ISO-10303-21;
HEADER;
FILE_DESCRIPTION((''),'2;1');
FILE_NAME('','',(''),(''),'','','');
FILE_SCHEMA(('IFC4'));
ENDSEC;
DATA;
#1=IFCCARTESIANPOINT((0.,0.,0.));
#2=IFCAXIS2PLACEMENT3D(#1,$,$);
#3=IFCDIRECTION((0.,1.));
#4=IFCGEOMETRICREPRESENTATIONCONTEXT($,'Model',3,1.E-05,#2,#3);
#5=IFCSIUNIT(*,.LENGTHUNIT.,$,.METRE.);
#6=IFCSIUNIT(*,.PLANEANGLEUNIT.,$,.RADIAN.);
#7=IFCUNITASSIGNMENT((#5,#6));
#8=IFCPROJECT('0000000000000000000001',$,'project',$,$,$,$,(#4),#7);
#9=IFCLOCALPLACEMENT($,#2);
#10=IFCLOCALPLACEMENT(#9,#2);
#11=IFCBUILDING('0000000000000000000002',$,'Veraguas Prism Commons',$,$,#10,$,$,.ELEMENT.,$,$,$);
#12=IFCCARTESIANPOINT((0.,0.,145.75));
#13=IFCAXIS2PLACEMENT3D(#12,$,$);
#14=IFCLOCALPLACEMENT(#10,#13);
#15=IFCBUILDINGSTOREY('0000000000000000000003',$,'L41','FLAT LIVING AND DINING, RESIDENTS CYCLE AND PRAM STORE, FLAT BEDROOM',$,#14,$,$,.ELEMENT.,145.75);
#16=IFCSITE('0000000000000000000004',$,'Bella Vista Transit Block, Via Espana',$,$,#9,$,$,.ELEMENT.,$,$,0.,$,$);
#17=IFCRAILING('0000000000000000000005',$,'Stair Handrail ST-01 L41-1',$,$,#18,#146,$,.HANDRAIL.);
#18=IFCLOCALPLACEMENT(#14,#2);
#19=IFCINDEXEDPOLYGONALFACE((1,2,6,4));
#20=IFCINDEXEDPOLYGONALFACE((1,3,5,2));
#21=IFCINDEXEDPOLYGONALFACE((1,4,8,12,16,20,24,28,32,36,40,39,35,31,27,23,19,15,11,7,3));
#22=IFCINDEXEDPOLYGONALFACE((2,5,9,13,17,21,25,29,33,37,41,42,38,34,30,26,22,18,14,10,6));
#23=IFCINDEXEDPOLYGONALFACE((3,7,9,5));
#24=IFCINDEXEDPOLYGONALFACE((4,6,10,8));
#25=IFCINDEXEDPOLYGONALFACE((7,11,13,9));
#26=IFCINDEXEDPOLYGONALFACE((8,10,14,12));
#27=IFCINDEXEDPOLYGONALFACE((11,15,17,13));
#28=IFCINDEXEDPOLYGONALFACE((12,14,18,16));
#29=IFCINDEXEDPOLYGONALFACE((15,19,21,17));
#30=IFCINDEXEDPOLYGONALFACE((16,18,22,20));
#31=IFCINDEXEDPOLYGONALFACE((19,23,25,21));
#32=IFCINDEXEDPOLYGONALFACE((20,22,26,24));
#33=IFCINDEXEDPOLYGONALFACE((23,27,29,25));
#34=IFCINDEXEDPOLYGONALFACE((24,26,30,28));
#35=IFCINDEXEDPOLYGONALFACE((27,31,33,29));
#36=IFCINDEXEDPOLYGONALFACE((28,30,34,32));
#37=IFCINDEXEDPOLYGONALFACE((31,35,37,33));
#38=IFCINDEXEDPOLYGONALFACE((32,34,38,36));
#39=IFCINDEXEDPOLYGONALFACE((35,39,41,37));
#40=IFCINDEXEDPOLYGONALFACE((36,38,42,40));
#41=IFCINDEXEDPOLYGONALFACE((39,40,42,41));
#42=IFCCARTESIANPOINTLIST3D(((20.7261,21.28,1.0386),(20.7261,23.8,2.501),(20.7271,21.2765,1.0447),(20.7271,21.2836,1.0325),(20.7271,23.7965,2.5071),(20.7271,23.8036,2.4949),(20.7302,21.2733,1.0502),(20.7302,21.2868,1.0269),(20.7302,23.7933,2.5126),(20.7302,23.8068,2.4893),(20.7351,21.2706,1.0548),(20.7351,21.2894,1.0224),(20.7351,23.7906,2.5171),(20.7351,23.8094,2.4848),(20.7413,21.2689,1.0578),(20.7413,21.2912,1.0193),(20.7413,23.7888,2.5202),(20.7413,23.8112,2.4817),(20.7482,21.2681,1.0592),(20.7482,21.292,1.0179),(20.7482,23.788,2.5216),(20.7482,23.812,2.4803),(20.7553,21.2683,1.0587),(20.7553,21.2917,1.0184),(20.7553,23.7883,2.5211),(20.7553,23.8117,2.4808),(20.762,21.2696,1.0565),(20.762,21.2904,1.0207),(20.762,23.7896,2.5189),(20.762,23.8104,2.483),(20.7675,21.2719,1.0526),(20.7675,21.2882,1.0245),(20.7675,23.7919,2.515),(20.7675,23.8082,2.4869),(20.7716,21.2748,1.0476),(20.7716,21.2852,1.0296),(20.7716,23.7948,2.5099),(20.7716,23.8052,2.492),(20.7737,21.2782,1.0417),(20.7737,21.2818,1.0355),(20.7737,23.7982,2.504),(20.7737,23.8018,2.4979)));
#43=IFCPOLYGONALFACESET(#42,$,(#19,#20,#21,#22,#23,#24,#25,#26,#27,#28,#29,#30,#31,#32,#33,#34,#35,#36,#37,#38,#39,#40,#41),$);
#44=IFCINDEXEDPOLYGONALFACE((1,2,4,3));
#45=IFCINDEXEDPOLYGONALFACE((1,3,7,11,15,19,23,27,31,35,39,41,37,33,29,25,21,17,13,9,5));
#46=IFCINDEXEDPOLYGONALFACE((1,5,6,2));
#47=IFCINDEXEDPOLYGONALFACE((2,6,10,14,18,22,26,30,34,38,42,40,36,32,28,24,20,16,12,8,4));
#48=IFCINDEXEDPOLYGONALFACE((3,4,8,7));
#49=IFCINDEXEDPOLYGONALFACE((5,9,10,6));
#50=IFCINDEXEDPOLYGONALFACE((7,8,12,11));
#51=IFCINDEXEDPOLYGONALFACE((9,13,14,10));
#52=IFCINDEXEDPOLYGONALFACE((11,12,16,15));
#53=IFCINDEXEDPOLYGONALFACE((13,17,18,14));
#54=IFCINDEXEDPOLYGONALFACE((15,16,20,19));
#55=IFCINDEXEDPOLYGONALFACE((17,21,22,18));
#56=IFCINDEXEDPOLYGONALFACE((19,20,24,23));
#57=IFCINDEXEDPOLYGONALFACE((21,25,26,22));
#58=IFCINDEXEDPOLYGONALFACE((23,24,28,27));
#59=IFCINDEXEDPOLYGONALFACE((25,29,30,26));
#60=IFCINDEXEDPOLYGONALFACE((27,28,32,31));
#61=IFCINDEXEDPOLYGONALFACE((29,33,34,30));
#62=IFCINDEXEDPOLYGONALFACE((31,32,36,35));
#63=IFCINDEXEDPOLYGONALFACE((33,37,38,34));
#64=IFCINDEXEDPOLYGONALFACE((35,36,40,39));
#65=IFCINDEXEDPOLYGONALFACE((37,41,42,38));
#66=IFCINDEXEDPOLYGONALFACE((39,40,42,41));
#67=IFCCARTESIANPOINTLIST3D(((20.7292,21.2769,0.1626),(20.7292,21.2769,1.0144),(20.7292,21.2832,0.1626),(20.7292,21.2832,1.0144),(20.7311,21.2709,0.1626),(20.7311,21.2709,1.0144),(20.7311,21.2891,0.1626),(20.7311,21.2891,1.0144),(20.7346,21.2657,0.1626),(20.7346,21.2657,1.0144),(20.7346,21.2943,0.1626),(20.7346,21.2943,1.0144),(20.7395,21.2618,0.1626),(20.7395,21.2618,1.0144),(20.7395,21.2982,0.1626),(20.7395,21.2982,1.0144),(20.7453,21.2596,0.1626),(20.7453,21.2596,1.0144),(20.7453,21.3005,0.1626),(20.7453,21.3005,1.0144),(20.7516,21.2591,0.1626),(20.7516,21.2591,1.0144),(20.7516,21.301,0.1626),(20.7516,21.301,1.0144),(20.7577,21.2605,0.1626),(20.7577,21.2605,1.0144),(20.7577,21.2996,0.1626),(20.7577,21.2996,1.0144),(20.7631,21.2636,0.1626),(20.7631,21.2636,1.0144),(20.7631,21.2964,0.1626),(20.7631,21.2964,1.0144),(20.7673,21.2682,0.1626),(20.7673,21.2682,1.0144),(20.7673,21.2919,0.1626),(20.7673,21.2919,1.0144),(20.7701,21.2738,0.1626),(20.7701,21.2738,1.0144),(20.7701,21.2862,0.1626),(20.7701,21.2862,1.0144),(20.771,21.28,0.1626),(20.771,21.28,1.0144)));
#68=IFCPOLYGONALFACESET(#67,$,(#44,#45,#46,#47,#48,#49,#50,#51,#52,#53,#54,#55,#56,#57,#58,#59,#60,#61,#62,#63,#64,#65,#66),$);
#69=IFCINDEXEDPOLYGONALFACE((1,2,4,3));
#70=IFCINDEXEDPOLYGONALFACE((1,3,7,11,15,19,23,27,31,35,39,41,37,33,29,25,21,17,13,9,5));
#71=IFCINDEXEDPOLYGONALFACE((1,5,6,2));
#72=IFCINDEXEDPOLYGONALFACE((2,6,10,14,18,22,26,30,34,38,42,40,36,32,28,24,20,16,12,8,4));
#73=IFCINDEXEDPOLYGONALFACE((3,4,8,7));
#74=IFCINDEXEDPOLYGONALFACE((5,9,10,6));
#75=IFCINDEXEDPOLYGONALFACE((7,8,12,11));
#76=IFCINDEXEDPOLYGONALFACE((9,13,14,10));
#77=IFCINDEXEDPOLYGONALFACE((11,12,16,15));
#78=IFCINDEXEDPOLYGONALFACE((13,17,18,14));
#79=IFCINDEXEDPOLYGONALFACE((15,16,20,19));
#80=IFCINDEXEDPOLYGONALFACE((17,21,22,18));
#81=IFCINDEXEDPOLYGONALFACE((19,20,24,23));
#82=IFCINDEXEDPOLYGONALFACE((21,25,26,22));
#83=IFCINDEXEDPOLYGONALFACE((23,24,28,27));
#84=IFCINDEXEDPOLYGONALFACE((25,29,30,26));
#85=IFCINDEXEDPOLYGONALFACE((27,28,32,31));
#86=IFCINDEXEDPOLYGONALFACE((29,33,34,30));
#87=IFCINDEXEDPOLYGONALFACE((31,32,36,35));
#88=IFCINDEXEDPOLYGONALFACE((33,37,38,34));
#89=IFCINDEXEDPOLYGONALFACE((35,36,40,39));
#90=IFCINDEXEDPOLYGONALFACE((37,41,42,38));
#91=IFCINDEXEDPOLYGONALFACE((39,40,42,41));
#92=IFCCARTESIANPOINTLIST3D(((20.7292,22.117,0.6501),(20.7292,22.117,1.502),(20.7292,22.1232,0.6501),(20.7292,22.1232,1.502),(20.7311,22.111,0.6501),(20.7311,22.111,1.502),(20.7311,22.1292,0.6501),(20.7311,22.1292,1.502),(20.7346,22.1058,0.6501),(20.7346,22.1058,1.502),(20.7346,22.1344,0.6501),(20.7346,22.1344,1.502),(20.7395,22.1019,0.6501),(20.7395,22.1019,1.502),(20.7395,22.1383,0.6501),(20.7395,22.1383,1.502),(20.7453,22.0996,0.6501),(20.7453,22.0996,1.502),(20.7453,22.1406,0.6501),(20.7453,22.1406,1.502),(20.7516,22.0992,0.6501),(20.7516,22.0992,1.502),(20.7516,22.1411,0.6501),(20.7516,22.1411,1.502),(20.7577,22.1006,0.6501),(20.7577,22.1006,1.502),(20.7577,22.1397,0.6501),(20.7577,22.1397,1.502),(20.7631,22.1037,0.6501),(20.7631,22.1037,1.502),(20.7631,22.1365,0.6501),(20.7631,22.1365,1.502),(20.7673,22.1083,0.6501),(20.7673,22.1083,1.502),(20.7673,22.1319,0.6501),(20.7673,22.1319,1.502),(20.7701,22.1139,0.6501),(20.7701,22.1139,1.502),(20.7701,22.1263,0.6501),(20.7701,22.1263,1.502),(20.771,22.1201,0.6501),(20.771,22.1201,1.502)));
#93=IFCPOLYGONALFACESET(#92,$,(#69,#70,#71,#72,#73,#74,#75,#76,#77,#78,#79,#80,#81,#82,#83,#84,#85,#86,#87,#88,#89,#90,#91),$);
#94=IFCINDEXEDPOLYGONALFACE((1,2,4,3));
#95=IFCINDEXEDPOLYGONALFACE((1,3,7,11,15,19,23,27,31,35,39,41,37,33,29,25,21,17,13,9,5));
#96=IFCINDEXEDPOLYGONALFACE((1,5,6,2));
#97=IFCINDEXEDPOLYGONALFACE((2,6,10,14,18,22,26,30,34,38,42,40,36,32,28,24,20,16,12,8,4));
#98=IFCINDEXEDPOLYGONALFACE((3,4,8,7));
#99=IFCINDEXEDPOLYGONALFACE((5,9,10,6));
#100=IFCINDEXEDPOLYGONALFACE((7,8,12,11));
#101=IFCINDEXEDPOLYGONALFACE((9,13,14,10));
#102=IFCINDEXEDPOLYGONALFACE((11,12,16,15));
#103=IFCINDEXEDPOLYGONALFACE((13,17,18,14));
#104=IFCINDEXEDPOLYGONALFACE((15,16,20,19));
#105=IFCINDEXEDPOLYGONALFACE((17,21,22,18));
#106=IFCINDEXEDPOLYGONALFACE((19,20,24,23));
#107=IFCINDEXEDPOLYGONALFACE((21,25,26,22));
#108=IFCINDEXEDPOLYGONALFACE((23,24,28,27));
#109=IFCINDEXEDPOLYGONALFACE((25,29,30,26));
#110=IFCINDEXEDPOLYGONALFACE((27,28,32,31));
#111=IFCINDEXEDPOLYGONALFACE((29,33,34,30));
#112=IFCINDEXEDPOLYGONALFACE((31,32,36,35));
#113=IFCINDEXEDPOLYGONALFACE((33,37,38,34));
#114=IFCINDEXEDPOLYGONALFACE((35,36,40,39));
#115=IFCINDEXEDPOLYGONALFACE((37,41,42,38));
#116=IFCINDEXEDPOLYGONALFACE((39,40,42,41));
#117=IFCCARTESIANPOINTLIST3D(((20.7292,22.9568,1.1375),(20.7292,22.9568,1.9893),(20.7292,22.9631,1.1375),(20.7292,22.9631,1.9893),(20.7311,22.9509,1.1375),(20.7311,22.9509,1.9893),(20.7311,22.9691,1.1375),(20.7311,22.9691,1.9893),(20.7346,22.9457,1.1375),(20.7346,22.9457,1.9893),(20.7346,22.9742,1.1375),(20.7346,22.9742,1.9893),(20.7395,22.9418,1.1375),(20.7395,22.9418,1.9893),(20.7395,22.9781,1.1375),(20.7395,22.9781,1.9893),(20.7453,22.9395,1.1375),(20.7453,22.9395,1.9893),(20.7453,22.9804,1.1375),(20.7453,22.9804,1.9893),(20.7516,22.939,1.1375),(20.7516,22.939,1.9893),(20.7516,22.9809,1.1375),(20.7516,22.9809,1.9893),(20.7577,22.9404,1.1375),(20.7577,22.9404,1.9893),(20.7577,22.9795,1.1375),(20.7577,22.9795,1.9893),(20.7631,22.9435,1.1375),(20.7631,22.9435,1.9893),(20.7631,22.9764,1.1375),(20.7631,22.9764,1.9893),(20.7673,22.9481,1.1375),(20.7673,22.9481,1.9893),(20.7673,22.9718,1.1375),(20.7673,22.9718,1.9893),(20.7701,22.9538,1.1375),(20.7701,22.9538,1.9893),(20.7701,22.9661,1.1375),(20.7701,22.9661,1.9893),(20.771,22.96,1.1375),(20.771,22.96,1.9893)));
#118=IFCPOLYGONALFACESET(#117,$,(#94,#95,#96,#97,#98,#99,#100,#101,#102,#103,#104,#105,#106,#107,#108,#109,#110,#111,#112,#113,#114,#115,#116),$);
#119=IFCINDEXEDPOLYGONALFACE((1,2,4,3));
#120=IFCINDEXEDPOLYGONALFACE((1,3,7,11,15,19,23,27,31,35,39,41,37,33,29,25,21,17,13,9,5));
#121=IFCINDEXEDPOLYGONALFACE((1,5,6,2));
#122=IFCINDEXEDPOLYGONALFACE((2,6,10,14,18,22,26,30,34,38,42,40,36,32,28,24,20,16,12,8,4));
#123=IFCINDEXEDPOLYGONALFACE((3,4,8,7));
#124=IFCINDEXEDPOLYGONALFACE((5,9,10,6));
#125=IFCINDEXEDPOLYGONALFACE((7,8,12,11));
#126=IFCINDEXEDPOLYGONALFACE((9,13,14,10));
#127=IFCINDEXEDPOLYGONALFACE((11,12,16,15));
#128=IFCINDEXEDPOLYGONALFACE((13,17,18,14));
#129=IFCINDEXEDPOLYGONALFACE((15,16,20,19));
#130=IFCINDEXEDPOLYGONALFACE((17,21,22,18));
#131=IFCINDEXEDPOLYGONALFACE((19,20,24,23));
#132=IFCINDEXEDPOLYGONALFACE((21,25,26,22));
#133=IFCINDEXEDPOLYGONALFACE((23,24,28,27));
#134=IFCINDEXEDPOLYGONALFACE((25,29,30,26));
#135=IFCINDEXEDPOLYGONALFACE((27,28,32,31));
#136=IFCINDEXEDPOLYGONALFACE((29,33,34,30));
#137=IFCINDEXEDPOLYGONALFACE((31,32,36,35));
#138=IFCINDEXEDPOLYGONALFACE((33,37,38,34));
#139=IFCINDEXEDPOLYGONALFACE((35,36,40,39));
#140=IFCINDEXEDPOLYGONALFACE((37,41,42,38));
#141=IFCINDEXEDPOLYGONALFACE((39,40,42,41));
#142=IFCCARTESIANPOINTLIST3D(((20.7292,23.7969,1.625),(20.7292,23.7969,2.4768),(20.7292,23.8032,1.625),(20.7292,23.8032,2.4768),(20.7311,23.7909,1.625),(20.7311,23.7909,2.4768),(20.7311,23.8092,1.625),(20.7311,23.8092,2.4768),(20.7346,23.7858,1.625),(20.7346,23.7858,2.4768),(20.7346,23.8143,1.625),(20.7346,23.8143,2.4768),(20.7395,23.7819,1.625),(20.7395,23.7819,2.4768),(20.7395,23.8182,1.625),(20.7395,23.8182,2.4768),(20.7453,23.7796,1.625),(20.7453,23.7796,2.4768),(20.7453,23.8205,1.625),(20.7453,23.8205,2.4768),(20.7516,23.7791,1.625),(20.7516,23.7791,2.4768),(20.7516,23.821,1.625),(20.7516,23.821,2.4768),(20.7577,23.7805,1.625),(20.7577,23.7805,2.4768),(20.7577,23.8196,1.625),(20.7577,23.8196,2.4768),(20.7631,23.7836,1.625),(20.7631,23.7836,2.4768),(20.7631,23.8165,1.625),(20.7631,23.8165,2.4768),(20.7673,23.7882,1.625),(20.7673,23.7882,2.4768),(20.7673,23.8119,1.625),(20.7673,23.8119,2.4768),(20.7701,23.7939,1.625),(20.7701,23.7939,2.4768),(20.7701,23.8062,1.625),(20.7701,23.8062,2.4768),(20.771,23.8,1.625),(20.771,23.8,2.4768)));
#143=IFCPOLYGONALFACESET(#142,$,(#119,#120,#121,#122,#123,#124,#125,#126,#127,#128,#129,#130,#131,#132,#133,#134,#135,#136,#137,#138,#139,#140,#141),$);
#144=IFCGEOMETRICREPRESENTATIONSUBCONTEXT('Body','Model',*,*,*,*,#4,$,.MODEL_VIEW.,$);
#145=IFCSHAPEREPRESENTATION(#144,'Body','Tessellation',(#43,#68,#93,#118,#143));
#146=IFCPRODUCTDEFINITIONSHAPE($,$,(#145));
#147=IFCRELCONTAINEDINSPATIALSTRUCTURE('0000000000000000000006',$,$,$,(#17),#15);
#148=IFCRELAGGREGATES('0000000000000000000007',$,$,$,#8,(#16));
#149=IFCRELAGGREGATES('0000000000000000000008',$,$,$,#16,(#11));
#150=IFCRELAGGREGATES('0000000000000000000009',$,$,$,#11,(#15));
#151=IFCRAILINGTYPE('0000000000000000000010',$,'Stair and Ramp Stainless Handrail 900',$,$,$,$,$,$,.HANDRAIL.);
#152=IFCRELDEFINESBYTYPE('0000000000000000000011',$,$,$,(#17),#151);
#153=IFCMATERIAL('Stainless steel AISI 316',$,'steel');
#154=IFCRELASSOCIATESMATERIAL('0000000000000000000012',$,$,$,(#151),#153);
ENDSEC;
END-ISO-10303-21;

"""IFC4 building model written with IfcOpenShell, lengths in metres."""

from ifc_helpers import new_model, si_unit, direction, frame, origin, origin_2d, place, context, subcontext, project, spatial, circle, extrude, material, type_object, element, save


model = new_model("IFC4")

# Units and contexts
model_context = context("Model", 3, precision=1e-05, world=origin(), true_north=direction((0.0, 1.0)))
body_context = subcontext(model_context, "Body", "Model", "MODEL_VIEW")
ifc_project = project(units=[si_unit("LENGTHUNIT", "METRE"), si_unit("PLANEANGLEUNIT", "RADIAN")], contexts=[model_context])

# Site, building, storey
site_placement = place(None, origin())
site = spatial("IfcSite", under=ifc_project, at=site_placement, Name="Bella Vista Transit Block, Via Espana", CompositionType="ELEMENT", RefElevation=0.0)
building_placement = place(site_placement, origin())
building = spatial("IfcBuilding", under=site, at=building_placement, Name="Veraguas Prism Commons", CompositionType="ELEMENT")
storey_placement = place(building_placement, frame((0.0, 0.0, 145.75)))
storey = spatial("IfcBuildingStorey", under=building, at=storey_placement, Name="L41", Description="FLAT LIVING AND DINING, RESIDENTS CYCLE AND PRAM STORE, FLAT BEDROOM", CompositionType="ELEMENT", Elevation=145.75)

# Shared definitions
ifc_material_1 = material(Name="Stainless steel AISI 316", Category="steel")

# Railing
railing_type_1 = type_object("IfcRailingType", Name="Stair and Ramp Stainless Handrail 900", PredefinedType="HANDRAIL", material=ifc_material_1)
railing_1_placement = place(storey_placement, frame((20.75, 21.28, 0.1626)))
element("IfcRailing", 1, at=railing_1_placement, inside=storey, type_object=railing_type_1, Name="Stair Handrail ST-01 L41-1", PredefinedType="HANDRAIL", context=body_context, shape_type="SweptSolid", body=[
    extrude(circle(Radius=0.0239, at=origin_2d()), frame((0.0, 0.0, 0.876), z_axis=(0.0, 0.864913, 0.501921), x_axis=(-1.0, 0.0, 0.0)), (0.0, 0.0, 1.0), 2.9136),
    extrude(circle(Radius=0.021, at=origin_2d()), origin(), (0.0, 0.0, 1.0), 0.8518),
    extrude(circle(Radius=0.021, at=origin_2d()), frame((0.0, 0.8401, 0.4875)), (0.0, 0.0, 1.0), 0.8518),
    extrude(circle(Radius=0.021, at=origin_2d()), frame((0.0, 1.6799, 0.9749)), (0.0, 0.0, 1.0), 0.8518),
    extrude(circle(Radius=0.021, at=origin_2d()), frame((0.0, 2.52, 1.4624)), (0.0, 0.0, 1.0), 0.8518),
])

save(model, "model.ifc")
